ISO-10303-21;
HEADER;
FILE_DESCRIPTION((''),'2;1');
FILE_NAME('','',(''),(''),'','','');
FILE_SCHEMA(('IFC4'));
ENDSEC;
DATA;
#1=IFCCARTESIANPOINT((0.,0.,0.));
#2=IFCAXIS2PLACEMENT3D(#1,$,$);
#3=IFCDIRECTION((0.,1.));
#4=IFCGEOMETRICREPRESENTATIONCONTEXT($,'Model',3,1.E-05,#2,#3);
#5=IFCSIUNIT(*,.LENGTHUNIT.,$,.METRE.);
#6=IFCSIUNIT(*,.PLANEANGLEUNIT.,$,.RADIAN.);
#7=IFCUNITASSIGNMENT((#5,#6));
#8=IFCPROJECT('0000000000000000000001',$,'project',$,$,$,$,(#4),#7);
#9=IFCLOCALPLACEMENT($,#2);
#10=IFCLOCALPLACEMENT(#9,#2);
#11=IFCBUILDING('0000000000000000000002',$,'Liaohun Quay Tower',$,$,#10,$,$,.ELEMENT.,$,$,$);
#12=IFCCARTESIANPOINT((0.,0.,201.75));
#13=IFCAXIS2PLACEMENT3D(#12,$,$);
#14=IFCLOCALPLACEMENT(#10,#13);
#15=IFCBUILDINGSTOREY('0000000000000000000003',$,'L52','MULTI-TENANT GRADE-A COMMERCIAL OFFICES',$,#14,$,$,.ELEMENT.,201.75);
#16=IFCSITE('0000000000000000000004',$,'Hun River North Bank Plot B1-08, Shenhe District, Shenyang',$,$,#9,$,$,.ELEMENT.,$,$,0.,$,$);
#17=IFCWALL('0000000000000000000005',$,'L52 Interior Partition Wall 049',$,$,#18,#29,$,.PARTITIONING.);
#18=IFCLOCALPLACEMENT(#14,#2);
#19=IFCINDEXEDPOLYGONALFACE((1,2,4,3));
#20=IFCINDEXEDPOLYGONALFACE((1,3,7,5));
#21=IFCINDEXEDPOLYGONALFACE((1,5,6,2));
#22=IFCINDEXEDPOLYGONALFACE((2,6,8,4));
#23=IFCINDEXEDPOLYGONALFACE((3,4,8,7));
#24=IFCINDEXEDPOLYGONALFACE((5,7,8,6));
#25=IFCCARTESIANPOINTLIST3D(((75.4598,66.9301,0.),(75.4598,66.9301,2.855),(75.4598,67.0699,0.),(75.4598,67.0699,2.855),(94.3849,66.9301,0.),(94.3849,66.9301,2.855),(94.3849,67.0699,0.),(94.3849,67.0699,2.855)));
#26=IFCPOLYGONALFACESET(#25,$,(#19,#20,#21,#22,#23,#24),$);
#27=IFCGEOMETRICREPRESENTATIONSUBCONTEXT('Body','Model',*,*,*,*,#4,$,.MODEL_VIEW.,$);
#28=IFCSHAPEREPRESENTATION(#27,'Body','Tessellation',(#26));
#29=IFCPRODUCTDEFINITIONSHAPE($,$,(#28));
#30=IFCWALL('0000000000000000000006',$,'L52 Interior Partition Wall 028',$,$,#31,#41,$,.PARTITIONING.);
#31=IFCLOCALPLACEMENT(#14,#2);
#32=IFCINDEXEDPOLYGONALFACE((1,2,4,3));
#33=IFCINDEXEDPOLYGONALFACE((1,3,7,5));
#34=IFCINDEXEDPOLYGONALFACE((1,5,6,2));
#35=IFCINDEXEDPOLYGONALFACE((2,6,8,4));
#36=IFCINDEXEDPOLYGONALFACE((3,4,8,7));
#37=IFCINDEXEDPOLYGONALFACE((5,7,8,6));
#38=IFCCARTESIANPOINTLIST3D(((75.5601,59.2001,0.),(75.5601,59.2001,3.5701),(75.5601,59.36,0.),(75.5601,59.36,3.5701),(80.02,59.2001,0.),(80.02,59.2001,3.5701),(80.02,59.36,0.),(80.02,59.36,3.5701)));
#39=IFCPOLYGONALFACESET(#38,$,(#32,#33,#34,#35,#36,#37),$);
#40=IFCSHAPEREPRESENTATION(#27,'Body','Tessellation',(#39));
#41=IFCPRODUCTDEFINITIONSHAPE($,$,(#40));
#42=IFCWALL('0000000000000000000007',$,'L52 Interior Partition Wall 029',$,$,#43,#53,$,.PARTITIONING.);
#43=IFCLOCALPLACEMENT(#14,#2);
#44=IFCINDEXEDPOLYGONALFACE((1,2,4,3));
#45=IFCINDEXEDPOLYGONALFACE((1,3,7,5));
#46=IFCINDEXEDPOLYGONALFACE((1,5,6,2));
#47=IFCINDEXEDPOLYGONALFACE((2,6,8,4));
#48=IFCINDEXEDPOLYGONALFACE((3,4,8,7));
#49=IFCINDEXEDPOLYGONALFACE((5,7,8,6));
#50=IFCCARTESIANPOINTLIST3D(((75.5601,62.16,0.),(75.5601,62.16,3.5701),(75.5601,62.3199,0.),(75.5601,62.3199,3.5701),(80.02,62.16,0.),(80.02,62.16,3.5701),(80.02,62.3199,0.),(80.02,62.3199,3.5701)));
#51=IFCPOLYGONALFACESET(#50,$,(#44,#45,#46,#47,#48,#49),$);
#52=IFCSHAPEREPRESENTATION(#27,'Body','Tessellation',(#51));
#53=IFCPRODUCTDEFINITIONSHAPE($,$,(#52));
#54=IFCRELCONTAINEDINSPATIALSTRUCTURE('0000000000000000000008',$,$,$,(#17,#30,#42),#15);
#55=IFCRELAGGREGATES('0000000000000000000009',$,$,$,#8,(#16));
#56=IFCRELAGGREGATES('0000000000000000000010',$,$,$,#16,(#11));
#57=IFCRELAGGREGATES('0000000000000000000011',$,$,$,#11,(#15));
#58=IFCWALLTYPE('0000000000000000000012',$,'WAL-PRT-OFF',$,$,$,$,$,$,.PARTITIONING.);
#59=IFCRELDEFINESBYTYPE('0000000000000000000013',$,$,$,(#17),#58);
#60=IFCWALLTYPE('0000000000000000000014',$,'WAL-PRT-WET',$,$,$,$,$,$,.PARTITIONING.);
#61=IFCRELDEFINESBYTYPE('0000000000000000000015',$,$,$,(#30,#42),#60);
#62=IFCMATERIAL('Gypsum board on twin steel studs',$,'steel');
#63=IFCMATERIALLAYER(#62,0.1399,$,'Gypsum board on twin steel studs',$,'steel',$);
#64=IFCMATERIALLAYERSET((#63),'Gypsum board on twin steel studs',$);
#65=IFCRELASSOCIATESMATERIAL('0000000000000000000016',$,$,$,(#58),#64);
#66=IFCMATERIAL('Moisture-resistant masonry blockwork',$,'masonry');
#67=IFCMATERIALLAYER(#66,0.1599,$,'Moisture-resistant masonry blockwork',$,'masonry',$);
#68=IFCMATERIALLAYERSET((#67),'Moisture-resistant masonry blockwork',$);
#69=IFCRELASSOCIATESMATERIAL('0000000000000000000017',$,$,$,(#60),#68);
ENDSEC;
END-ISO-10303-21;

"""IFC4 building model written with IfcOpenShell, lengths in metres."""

from ifc_helpers import new_model, si_unit, direction, frame, frame_2d, origin, place, context, subcontext, project, spatial, rectangle, extrude, material, layer, layer_set, type_object, element, save


model = new_model("IFC4")

# Units and contexts
model_context = context("Model", 3, precision=1e-05, world=origin(), true_north=direction((0.0, 1.0)))
body_context = subcontext(model_context, "Body", "Model", "MODEL_VIEW")
ifc_project = project(units=[si_unit("LENGTHUNIT", "METRE"), si_unit("PLANEANGLEUNIT", "RADIAN")], contexts=[model_context])

# Site, building, storey
site_placement = place(None, origin())
site = spatial("IfcSite", under=ifc_project, at=site_placement, Name="Hun River North Bank Plot B1-08, Shenhe District, Shenyang", CompositionType="ELEMENT", RefElevation=0.0)
building_placement = place(site_placement, origin())
building = spatial("IfcBuilding", under=site, at=building_placement, Name="Liaohun Quay Tower", CompositionType="ELEMENT")
storey_placement = place(building_placement, frame((0.0, 0.0, 201.75)))
storey = spatial("IfcBuildingStorey", under=building, at=storey_placement, Name="L52", Description="MULTI-TENANT GRADE-A COMMERCIAL OFFICES", CompositionType="ELEMENT", Elevation=201.75)

# Wall
ifc_material_1 = material(Name="Gypsum board on twin steel studs", Category="steel")
ifc_layer_1 = layer(ifc_material_1, 0.1399, Name="Gypsum board on twin steel studs", Category="steel")
ifc_layer_set_1 = layer_set([ifc_layer_1], Name="Gypsum board on twin steel studs")
wall_type_1 = type_object("IfcWallType", Name="WAL-PRT-OFF", PredefinedType="PARTITIONING", material=ifc_layer_set_1)
wall_1_placement = place(storey_placement, frame((75.46, 67.0, 0.0), z_axis=(0.0, 0.0, 1.0), x_axis=(1.0, 0.0, 0.0)))
element("IfcWall", 1, at=wall_1_placement, inside=storey, type_object=wall_type_1, Name="L52 Interior Partition Wall 049", PredefinedType="PARTITIONING", context=body_context, shape_type="SweptSolid", body=[
    extrude(rectangle(XDim=18.925, YDim=0.1399, at=frame_2d((9.4624, 0.0))), origin(), (0.0, 0.0, 1.0), 2.855),
])

# Shared definitions
ifc_material_2 = material(Name="Moisture-resistant masonry blockwork", Category="masonry")
ifc_layer_2 = layer(ifc_material_2, 0.1599, Name="Moisture-resistant masonry blockwork", Category="masonry")
ifc_layer_set_2 = layer_set([ifc_layer_2], Name="Moisture-resistant masonry blockwork")
wall_type_2 = type_object("IfcWallType", Name="WAL-PRT-WET", PredefinedType="PARTITIONING", material=ifc_layer_set_2)

# Walls
for number, where, z_axis, x_axis, name in (
    (2, (75.5601, 59.28, 0.0), (0.0, 0.0, 1.0), (1.0, 0.0, 0.0), "L52 Interior Partition Wall 028"),
    (3, (75.5601, 62.24, 0.0), (0.0, 0.0, 1.0), (1.0, 0.0, 0.0), "L52 Interior Partition Wall 029"),
):
    element("IfcWall", number, at=place(storey_placement, frame(where, z_axis=z_axis, x_axis=x_axis)), inside=storey, type_object=wall_type_2, Name=name, PredefinedType="PARTITIONING", context=body_context, shape_type="SweptSolid", body=[
        extrude(rectangle(XDim=4.46, YDim=0.1599, at=frame_2d((2.23, 0.0))), origin(), (0.0, 0.0, 1.0), 3.5701),
    ])

save(model, "model.ifc")
